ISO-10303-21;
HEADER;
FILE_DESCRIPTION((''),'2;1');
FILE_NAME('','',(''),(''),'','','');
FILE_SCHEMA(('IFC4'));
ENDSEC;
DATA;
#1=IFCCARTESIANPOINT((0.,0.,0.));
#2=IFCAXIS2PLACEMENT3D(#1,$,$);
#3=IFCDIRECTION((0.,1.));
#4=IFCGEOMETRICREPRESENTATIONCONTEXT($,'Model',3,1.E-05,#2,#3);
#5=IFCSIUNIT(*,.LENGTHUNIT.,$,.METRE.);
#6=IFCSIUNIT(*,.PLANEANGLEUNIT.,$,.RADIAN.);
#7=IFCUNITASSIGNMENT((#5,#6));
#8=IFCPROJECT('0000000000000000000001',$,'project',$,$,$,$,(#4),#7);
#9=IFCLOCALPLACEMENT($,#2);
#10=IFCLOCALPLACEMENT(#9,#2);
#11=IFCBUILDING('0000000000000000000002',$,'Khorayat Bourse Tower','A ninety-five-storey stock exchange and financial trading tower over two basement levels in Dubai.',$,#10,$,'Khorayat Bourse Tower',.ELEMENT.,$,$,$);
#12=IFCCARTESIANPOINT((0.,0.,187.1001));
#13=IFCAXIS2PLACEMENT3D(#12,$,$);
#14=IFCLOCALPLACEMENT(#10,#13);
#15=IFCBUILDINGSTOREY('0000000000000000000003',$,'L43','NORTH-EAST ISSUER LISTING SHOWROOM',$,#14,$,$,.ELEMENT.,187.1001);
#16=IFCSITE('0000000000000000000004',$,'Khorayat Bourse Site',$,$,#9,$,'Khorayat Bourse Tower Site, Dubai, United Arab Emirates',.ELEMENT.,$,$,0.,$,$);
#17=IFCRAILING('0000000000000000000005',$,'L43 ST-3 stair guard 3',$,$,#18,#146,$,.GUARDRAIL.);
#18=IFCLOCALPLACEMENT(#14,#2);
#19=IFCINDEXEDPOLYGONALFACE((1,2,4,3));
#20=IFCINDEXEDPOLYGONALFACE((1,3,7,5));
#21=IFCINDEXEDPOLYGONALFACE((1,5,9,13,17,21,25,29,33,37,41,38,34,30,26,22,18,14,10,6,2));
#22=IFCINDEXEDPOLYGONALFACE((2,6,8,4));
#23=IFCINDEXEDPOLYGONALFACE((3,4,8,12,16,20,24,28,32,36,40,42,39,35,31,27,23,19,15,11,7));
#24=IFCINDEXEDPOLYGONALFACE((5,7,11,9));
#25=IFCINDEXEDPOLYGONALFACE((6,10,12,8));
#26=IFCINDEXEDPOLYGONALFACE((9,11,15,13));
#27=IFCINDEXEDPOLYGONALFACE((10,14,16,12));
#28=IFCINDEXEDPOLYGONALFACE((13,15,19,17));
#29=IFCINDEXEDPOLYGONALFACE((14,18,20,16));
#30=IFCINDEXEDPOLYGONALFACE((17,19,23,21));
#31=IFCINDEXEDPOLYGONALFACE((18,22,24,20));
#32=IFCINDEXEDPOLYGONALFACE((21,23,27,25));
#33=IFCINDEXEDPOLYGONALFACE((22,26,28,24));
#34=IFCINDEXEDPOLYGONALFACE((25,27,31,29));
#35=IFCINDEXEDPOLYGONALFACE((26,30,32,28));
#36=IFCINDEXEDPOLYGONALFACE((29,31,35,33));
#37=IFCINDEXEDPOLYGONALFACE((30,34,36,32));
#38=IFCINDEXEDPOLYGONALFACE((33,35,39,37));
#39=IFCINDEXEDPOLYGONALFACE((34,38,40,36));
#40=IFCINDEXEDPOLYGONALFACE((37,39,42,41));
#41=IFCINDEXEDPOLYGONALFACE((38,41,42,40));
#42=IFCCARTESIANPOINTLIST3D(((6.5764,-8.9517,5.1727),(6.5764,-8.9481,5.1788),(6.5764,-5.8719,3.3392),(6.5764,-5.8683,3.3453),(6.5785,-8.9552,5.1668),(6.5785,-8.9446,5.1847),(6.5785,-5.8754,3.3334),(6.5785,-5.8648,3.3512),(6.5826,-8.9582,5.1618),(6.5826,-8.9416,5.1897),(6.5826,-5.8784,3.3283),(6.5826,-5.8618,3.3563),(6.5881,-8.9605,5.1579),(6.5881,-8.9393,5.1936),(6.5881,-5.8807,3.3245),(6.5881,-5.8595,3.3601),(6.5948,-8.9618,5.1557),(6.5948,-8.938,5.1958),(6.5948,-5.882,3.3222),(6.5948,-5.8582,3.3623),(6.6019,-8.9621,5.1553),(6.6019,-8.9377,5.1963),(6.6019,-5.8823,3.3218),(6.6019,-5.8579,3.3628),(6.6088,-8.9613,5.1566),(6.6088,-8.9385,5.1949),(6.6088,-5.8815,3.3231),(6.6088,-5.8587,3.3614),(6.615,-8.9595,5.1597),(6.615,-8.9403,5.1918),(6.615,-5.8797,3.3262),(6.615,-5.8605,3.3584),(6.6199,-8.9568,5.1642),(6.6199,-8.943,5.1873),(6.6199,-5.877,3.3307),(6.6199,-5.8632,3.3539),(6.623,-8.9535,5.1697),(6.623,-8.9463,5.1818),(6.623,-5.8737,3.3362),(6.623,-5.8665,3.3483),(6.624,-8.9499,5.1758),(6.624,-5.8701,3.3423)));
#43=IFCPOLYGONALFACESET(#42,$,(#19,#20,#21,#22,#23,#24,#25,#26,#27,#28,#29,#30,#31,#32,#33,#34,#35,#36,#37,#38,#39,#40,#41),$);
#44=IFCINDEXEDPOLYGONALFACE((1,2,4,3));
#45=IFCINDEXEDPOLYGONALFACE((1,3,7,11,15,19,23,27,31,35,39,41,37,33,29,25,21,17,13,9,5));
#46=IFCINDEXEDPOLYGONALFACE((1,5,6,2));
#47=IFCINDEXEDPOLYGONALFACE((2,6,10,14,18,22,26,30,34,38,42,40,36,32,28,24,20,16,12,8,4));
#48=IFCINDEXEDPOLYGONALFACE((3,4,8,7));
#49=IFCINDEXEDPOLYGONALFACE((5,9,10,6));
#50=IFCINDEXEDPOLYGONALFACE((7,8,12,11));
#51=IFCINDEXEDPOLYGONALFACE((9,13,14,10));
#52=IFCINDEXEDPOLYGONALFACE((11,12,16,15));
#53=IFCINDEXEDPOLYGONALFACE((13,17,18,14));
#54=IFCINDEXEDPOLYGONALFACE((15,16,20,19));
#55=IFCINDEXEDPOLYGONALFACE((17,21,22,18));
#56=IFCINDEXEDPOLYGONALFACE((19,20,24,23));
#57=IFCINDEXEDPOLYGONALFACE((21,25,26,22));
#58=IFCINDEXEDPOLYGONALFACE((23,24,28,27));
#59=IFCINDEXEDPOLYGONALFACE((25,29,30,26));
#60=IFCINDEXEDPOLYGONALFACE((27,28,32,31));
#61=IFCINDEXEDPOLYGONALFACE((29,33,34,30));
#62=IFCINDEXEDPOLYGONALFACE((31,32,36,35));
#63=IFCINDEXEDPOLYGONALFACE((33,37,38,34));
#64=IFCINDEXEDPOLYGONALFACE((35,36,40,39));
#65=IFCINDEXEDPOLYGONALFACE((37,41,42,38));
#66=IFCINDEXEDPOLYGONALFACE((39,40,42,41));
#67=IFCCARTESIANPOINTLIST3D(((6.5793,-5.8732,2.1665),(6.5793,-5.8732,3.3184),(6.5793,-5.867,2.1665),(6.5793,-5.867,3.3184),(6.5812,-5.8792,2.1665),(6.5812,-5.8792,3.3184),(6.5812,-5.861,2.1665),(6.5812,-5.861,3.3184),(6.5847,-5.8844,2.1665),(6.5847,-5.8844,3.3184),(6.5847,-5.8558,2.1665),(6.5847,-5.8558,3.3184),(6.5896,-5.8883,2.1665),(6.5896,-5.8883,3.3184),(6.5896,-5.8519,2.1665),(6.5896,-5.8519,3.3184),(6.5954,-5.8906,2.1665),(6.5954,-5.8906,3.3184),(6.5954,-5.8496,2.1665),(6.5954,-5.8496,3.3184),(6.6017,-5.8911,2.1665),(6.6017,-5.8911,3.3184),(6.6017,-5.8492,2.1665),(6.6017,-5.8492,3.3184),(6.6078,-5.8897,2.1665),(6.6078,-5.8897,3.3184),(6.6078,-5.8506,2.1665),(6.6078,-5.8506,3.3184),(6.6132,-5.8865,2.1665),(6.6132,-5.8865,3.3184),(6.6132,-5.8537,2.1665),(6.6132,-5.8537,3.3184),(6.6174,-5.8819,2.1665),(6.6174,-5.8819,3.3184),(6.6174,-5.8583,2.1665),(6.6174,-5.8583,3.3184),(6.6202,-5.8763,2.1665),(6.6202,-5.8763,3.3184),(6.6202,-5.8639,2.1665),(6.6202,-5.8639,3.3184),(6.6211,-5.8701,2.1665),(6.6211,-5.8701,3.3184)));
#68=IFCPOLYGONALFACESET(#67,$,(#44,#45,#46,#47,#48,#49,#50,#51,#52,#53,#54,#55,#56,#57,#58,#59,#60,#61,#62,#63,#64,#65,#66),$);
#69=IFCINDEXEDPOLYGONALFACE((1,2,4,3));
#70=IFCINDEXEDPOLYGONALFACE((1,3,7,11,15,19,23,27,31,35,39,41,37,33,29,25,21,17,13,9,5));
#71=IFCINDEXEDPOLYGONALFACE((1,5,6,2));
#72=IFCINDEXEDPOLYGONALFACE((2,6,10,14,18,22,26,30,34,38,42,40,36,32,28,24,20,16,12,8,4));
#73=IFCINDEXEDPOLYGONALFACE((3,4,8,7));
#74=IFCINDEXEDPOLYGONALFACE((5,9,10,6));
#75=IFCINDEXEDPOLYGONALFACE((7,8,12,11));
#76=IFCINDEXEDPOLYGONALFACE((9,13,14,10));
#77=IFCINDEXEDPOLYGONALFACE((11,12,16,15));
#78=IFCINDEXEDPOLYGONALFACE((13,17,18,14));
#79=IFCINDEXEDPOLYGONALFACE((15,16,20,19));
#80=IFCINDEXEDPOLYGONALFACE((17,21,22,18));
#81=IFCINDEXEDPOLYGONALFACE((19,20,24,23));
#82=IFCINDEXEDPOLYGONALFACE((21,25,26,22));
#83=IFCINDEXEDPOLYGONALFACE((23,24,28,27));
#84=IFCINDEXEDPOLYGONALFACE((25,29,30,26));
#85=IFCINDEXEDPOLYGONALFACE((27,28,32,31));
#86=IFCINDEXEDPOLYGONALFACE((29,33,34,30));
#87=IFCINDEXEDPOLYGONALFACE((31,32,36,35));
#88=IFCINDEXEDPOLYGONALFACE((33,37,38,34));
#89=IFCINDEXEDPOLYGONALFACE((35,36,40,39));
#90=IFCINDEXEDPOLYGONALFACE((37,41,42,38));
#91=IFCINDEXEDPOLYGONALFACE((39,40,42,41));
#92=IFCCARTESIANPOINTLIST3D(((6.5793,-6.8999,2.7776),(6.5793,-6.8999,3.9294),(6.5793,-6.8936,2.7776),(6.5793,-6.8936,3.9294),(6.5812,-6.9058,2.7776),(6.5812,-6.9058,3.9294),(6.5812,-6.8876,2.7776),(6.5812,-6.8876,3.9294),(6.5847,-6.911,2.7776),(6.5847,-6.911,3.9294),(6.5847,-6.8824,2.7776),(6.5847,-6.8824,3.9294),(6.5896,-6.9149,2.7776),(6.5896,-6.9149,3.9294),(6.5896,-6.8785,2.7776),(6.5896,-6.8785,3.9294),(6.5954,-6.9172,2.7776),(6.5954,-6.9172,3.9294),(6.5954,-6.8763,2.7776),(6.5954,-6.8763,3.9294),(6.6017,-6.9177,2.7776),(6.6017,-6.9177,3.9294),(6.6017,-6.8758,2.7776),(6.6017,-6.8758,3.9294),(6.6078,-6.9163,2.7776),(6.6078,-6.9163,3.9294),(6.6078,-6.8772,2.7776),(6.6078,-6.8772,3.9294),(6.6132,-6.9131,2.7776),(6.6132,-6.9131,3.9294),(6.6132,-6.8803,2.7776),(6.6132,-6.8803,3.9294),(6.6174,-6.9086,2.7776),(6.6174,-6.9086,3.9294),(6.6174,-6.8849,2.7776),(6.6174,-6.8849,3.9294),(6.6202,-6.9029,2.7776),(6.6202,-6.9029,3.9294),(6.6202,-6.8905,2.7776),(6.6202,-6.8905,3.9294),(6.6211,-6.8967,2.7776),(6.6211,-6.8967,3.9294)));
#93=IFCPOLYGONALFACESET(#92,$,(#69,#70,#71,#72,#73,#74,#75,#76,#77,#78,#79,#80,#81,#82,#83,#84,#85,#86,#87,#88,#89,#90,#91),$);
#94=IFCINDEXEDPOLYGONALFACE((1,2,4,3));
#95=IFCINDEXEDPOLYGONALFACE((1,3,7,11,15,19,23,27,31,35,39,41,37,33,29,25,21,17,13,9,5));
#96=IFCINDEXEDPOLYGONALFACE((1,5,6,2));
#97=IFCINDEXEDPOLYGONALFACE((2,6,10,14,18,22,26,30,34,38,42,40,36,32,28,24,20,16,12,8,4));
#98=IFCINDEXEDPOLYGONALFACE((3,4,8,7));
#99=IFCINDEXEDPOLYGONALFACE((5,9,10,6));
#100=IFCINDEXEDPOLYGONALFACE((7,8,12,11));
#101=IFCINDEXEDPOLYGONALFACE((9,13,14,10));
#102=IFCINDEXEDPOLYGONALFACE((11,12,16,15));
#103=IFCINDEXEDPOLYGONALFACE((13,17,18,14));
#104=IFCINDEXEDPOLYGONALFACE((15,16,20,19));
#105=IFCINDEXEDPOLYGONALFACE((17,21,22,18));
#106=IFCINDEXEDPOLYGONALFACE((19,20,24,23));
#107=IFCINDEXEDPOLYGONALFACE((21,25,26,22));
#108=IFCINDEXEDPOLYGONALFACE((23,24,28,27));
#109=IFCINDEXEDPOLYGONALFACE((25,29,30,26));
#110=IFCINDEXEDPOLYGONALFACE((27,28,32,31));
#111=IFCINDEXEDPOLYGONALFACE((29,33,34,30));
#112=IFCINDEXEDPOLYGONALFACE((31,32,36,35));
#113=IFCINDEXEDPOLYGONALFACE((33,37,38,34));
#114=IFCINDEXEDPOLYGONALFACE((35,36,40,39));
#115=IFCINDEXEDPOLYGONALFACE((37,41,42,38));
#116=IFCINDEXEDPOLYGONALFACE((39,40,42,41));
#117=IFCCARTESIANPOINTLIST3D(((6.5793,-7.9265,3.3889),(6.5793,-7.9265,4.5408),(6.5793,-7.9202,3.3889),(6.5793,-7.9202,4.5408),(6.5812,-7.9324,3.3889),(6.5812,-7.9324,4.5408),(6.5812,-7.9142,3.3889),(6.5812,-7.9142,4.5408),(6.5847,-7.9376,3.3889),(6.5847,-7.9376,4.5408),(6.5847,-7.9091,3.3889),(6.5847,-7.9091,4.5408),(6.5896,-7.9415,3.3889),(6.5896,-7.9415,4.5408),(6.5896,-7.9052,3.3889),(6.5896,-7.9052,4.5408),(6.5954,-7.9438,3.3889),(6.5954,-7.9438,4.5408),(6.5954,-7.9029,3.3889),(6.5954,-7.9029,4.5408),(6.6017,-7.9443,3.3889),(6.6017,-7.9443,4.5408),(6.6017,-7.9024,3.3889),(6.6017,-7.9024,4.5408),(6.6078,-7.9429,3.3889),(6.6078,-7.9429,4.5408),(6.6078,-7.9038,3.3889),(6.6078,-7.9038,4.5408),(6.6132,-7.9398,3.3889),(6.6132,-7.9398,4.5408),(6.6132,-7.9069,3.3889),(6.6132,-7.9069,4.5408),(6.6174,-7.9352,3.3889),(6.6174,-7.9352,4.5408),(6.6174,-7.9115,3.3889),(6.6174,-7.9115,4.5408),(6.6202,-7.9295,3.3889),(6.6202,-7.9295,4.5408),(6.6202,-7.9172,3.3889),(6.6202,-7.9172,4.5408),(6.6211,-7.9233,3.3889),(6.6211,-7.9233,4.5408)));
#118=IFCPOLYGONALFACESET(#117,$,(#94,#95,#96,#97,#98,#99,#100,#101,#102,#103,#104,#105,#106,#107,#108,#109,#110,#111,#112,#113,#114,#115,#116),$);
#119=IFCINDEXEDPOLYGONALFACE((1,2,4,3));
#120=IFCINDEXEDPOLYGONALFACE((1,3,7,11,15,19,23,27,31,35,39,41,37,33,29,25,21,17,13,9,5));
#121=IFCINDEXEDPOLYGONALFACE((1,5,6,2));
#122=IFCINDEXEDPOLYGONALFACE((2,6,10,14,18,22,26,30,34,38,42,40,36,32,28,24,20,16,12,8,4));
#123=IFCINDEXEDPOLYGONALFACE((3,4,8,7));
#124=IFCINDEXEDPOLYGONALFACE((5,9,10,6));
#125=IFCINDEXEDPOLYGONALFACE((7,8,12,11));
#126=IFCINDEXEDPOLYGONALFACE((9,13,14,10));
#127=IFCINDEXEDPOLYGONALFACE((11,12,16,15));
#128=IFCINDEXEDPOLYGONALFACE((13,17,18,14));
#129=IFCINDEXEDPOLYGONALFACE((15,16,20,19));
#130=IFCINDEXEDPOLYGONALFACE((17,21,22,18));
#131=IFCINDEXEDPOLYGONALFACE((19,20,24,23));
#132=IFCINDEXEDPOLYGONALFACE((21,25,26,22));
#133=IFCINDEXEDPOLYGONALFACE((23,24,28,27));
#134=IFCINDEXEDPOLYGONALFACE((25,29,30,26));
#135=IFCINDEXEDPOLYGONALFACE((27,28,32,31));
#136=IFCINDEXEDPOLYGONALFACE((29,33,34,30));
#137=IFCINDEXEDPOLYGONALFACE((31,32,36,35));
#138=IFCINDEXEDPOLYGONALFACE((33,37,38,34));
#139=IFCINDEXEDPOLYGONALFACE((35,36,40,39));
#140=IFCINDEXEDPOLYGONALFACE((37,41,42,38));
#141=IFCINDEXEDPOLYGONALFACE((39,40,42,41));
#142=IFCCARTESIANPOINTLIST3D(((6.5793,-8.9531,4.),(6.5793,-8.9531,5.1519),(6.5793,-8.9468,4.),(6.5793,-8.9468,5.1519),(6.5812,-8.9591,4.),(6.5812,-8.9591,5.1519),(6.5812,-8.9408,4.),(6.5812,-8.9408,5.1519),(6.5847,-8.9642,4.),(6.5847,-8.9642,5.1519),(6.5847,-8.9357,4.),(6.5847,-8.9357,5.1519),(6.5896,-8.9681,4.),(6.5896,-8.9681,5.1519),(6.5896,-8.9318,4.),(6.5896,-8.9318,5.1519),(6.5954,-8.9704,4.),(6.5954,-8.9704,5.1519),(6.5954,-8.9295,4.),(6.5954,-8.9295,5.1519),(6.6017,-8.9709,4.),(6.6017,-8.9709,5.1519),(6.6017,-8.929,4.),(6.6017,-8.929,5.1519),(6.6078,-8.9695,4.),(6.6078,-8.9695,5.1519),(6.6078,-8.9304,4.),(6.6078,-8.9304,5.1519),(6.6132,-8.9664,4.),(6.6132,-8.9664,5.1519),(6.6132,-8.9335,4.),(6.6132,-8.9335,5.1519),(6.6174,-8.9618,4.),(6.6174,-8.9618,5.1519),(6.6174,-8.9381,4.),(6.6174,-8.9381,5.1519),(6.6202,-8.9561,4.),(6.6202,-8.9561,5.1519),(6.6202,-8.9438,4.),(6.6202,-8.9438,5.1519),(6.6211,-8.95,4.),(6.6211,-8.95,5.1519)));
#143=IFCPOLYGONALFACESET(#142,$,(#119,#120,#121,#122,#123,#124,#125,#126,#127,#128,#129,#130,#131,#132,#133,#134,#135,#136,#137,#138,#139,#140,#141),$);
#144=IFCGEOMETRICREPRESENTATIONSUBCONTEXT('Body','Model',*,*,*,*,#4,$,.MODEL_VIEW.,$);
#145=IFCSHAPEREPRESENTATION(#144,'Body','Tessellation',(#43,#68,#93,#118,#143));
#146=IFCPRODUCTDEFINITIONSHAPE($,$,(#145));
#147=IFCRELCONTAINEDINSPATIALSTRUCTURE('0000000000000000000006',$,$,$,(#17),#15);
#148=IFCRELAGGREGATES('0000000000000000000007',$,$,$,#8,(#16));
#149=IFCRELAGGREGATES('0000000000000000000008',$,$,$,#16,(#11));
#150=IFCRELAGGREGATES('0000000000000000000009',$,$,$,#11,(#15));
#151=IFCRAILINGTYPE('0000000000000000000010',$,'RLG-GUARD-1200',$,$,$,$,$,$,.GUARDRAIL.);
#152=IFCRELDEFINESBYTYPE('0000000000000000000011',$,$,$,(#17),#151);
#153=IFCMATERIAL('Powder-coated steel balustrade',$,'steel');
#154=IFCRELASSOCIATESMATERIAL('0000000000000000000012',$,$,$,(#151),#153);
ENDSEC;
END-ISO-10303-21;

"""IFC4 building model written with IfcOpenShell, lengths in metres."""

from ifc_helpers import new_model, si_unit, direction, frame, origin, origin_2d, place, context, subcontext, project, spatial, circle, extrude, source, transform, mapped, material, type_object, element, save


model = new_model("IFC4")

# Units and contexts
model_context = context("Model", 3, precision=1e-05, world=origin(), true_north=direction((0.0, 1.0)))
body_context = subcontext(model_context, "Body", "Model", "MODEL_VIEW")
ifc_project = project(units=[si_unit("LENGTHUNIT", "METRE"), si_unit("PLANEANGLEUNIT", "RADIAN")], contexts=[model_context])

# Site, building, storey
site_placement = place(None, origin())
site = spatial("IfcSite", under=ifc_project, at=site_placement, Name="Khorayat Bourse Site", LongName="Khorayat Bourse Tower Site, Dubai, United Arab Emirates", CompositionType="ELEMENT", RefElevation=0.0)
building_placement = place(site_placement, origin())
building = spatial("IfcBuilding", under=site, at=building_placement, Name="Khorayat Bourse Tower", Description="A ninety-five-storey stock exchange and financial trading tower over two basement levels in Dubai.", LongName="Khorayat Bourse Tower", CompositionType="ELEMENT")
storey_placement = place(building_placement, frame((0.0, 0.0, 187.1001)))
storey = spatial("IfcBuildingStorey", under=building, at=storey_placement, Name="L43", Description="NORTH-EAST ISSUER LISTING SHOWROOM", CompositionType="ELEMENT", Elevation=187.1001)

# Railing
ifc_material_1 = material(Name="Powder-coated steel balustrade", Category="steel")
railing_type_1 = type_object("IfcRailingType", Name="RLG-GUARD-1200", PredefinedType="GUARDRAIL", material=ifc_material_1)
shared_shape_1 = source(origin(), body_context, "Body", "SweptSolid", [
    extrude(circle(Radius=0.0239, at=origin_2d()), frame((0.0, 0.0, 1.1758), z_axis=(0.0, -0.859261, 0.511538), x_axis=(1.0, 0.0, 0.0)), (0.0, 0.0, 1.0), 3.5842),
    extrude(circle(Radius=0.021, at=origin_2d()), origin(), (0.0, 0.0, 1.0), 1.1519),
    extrude(circle(Radius=0.021, at=origin_2d()), frame((0.0, -1.0266, 0.6111)), (0.0, 0.0, 1.0), 1.1519),
    extrude(circle(Radius=0.021, at=origin_2d()), frame((0.0, -2.0532, 1.2224)), (0.0, 0.0, 1.0), 1.1519),
    extrude(circle(Radius=0.021, at=origin_2d()), frame((0.0, -3.0798, 1.8335)), (0.0, 0.0, 1.0), 1.1519),
])
railing_1_placement = place(storey_placement, frame((6.6001, -5.8701, 2.1665)))
element("IfcRailing", 1, at=railing_1_placement, inside=storey, type_object=railing_type_1, Name="L43 ST-3 stair guard 3", PredefinedType="GUARDRAIL", context=body_context, shape_type="MappedRepresentation", body=[
    mapped(shared_shape_1, transform((0.0, 0.0, 0.0), scale=1.0)),
])

save(model, "model.ifc")
